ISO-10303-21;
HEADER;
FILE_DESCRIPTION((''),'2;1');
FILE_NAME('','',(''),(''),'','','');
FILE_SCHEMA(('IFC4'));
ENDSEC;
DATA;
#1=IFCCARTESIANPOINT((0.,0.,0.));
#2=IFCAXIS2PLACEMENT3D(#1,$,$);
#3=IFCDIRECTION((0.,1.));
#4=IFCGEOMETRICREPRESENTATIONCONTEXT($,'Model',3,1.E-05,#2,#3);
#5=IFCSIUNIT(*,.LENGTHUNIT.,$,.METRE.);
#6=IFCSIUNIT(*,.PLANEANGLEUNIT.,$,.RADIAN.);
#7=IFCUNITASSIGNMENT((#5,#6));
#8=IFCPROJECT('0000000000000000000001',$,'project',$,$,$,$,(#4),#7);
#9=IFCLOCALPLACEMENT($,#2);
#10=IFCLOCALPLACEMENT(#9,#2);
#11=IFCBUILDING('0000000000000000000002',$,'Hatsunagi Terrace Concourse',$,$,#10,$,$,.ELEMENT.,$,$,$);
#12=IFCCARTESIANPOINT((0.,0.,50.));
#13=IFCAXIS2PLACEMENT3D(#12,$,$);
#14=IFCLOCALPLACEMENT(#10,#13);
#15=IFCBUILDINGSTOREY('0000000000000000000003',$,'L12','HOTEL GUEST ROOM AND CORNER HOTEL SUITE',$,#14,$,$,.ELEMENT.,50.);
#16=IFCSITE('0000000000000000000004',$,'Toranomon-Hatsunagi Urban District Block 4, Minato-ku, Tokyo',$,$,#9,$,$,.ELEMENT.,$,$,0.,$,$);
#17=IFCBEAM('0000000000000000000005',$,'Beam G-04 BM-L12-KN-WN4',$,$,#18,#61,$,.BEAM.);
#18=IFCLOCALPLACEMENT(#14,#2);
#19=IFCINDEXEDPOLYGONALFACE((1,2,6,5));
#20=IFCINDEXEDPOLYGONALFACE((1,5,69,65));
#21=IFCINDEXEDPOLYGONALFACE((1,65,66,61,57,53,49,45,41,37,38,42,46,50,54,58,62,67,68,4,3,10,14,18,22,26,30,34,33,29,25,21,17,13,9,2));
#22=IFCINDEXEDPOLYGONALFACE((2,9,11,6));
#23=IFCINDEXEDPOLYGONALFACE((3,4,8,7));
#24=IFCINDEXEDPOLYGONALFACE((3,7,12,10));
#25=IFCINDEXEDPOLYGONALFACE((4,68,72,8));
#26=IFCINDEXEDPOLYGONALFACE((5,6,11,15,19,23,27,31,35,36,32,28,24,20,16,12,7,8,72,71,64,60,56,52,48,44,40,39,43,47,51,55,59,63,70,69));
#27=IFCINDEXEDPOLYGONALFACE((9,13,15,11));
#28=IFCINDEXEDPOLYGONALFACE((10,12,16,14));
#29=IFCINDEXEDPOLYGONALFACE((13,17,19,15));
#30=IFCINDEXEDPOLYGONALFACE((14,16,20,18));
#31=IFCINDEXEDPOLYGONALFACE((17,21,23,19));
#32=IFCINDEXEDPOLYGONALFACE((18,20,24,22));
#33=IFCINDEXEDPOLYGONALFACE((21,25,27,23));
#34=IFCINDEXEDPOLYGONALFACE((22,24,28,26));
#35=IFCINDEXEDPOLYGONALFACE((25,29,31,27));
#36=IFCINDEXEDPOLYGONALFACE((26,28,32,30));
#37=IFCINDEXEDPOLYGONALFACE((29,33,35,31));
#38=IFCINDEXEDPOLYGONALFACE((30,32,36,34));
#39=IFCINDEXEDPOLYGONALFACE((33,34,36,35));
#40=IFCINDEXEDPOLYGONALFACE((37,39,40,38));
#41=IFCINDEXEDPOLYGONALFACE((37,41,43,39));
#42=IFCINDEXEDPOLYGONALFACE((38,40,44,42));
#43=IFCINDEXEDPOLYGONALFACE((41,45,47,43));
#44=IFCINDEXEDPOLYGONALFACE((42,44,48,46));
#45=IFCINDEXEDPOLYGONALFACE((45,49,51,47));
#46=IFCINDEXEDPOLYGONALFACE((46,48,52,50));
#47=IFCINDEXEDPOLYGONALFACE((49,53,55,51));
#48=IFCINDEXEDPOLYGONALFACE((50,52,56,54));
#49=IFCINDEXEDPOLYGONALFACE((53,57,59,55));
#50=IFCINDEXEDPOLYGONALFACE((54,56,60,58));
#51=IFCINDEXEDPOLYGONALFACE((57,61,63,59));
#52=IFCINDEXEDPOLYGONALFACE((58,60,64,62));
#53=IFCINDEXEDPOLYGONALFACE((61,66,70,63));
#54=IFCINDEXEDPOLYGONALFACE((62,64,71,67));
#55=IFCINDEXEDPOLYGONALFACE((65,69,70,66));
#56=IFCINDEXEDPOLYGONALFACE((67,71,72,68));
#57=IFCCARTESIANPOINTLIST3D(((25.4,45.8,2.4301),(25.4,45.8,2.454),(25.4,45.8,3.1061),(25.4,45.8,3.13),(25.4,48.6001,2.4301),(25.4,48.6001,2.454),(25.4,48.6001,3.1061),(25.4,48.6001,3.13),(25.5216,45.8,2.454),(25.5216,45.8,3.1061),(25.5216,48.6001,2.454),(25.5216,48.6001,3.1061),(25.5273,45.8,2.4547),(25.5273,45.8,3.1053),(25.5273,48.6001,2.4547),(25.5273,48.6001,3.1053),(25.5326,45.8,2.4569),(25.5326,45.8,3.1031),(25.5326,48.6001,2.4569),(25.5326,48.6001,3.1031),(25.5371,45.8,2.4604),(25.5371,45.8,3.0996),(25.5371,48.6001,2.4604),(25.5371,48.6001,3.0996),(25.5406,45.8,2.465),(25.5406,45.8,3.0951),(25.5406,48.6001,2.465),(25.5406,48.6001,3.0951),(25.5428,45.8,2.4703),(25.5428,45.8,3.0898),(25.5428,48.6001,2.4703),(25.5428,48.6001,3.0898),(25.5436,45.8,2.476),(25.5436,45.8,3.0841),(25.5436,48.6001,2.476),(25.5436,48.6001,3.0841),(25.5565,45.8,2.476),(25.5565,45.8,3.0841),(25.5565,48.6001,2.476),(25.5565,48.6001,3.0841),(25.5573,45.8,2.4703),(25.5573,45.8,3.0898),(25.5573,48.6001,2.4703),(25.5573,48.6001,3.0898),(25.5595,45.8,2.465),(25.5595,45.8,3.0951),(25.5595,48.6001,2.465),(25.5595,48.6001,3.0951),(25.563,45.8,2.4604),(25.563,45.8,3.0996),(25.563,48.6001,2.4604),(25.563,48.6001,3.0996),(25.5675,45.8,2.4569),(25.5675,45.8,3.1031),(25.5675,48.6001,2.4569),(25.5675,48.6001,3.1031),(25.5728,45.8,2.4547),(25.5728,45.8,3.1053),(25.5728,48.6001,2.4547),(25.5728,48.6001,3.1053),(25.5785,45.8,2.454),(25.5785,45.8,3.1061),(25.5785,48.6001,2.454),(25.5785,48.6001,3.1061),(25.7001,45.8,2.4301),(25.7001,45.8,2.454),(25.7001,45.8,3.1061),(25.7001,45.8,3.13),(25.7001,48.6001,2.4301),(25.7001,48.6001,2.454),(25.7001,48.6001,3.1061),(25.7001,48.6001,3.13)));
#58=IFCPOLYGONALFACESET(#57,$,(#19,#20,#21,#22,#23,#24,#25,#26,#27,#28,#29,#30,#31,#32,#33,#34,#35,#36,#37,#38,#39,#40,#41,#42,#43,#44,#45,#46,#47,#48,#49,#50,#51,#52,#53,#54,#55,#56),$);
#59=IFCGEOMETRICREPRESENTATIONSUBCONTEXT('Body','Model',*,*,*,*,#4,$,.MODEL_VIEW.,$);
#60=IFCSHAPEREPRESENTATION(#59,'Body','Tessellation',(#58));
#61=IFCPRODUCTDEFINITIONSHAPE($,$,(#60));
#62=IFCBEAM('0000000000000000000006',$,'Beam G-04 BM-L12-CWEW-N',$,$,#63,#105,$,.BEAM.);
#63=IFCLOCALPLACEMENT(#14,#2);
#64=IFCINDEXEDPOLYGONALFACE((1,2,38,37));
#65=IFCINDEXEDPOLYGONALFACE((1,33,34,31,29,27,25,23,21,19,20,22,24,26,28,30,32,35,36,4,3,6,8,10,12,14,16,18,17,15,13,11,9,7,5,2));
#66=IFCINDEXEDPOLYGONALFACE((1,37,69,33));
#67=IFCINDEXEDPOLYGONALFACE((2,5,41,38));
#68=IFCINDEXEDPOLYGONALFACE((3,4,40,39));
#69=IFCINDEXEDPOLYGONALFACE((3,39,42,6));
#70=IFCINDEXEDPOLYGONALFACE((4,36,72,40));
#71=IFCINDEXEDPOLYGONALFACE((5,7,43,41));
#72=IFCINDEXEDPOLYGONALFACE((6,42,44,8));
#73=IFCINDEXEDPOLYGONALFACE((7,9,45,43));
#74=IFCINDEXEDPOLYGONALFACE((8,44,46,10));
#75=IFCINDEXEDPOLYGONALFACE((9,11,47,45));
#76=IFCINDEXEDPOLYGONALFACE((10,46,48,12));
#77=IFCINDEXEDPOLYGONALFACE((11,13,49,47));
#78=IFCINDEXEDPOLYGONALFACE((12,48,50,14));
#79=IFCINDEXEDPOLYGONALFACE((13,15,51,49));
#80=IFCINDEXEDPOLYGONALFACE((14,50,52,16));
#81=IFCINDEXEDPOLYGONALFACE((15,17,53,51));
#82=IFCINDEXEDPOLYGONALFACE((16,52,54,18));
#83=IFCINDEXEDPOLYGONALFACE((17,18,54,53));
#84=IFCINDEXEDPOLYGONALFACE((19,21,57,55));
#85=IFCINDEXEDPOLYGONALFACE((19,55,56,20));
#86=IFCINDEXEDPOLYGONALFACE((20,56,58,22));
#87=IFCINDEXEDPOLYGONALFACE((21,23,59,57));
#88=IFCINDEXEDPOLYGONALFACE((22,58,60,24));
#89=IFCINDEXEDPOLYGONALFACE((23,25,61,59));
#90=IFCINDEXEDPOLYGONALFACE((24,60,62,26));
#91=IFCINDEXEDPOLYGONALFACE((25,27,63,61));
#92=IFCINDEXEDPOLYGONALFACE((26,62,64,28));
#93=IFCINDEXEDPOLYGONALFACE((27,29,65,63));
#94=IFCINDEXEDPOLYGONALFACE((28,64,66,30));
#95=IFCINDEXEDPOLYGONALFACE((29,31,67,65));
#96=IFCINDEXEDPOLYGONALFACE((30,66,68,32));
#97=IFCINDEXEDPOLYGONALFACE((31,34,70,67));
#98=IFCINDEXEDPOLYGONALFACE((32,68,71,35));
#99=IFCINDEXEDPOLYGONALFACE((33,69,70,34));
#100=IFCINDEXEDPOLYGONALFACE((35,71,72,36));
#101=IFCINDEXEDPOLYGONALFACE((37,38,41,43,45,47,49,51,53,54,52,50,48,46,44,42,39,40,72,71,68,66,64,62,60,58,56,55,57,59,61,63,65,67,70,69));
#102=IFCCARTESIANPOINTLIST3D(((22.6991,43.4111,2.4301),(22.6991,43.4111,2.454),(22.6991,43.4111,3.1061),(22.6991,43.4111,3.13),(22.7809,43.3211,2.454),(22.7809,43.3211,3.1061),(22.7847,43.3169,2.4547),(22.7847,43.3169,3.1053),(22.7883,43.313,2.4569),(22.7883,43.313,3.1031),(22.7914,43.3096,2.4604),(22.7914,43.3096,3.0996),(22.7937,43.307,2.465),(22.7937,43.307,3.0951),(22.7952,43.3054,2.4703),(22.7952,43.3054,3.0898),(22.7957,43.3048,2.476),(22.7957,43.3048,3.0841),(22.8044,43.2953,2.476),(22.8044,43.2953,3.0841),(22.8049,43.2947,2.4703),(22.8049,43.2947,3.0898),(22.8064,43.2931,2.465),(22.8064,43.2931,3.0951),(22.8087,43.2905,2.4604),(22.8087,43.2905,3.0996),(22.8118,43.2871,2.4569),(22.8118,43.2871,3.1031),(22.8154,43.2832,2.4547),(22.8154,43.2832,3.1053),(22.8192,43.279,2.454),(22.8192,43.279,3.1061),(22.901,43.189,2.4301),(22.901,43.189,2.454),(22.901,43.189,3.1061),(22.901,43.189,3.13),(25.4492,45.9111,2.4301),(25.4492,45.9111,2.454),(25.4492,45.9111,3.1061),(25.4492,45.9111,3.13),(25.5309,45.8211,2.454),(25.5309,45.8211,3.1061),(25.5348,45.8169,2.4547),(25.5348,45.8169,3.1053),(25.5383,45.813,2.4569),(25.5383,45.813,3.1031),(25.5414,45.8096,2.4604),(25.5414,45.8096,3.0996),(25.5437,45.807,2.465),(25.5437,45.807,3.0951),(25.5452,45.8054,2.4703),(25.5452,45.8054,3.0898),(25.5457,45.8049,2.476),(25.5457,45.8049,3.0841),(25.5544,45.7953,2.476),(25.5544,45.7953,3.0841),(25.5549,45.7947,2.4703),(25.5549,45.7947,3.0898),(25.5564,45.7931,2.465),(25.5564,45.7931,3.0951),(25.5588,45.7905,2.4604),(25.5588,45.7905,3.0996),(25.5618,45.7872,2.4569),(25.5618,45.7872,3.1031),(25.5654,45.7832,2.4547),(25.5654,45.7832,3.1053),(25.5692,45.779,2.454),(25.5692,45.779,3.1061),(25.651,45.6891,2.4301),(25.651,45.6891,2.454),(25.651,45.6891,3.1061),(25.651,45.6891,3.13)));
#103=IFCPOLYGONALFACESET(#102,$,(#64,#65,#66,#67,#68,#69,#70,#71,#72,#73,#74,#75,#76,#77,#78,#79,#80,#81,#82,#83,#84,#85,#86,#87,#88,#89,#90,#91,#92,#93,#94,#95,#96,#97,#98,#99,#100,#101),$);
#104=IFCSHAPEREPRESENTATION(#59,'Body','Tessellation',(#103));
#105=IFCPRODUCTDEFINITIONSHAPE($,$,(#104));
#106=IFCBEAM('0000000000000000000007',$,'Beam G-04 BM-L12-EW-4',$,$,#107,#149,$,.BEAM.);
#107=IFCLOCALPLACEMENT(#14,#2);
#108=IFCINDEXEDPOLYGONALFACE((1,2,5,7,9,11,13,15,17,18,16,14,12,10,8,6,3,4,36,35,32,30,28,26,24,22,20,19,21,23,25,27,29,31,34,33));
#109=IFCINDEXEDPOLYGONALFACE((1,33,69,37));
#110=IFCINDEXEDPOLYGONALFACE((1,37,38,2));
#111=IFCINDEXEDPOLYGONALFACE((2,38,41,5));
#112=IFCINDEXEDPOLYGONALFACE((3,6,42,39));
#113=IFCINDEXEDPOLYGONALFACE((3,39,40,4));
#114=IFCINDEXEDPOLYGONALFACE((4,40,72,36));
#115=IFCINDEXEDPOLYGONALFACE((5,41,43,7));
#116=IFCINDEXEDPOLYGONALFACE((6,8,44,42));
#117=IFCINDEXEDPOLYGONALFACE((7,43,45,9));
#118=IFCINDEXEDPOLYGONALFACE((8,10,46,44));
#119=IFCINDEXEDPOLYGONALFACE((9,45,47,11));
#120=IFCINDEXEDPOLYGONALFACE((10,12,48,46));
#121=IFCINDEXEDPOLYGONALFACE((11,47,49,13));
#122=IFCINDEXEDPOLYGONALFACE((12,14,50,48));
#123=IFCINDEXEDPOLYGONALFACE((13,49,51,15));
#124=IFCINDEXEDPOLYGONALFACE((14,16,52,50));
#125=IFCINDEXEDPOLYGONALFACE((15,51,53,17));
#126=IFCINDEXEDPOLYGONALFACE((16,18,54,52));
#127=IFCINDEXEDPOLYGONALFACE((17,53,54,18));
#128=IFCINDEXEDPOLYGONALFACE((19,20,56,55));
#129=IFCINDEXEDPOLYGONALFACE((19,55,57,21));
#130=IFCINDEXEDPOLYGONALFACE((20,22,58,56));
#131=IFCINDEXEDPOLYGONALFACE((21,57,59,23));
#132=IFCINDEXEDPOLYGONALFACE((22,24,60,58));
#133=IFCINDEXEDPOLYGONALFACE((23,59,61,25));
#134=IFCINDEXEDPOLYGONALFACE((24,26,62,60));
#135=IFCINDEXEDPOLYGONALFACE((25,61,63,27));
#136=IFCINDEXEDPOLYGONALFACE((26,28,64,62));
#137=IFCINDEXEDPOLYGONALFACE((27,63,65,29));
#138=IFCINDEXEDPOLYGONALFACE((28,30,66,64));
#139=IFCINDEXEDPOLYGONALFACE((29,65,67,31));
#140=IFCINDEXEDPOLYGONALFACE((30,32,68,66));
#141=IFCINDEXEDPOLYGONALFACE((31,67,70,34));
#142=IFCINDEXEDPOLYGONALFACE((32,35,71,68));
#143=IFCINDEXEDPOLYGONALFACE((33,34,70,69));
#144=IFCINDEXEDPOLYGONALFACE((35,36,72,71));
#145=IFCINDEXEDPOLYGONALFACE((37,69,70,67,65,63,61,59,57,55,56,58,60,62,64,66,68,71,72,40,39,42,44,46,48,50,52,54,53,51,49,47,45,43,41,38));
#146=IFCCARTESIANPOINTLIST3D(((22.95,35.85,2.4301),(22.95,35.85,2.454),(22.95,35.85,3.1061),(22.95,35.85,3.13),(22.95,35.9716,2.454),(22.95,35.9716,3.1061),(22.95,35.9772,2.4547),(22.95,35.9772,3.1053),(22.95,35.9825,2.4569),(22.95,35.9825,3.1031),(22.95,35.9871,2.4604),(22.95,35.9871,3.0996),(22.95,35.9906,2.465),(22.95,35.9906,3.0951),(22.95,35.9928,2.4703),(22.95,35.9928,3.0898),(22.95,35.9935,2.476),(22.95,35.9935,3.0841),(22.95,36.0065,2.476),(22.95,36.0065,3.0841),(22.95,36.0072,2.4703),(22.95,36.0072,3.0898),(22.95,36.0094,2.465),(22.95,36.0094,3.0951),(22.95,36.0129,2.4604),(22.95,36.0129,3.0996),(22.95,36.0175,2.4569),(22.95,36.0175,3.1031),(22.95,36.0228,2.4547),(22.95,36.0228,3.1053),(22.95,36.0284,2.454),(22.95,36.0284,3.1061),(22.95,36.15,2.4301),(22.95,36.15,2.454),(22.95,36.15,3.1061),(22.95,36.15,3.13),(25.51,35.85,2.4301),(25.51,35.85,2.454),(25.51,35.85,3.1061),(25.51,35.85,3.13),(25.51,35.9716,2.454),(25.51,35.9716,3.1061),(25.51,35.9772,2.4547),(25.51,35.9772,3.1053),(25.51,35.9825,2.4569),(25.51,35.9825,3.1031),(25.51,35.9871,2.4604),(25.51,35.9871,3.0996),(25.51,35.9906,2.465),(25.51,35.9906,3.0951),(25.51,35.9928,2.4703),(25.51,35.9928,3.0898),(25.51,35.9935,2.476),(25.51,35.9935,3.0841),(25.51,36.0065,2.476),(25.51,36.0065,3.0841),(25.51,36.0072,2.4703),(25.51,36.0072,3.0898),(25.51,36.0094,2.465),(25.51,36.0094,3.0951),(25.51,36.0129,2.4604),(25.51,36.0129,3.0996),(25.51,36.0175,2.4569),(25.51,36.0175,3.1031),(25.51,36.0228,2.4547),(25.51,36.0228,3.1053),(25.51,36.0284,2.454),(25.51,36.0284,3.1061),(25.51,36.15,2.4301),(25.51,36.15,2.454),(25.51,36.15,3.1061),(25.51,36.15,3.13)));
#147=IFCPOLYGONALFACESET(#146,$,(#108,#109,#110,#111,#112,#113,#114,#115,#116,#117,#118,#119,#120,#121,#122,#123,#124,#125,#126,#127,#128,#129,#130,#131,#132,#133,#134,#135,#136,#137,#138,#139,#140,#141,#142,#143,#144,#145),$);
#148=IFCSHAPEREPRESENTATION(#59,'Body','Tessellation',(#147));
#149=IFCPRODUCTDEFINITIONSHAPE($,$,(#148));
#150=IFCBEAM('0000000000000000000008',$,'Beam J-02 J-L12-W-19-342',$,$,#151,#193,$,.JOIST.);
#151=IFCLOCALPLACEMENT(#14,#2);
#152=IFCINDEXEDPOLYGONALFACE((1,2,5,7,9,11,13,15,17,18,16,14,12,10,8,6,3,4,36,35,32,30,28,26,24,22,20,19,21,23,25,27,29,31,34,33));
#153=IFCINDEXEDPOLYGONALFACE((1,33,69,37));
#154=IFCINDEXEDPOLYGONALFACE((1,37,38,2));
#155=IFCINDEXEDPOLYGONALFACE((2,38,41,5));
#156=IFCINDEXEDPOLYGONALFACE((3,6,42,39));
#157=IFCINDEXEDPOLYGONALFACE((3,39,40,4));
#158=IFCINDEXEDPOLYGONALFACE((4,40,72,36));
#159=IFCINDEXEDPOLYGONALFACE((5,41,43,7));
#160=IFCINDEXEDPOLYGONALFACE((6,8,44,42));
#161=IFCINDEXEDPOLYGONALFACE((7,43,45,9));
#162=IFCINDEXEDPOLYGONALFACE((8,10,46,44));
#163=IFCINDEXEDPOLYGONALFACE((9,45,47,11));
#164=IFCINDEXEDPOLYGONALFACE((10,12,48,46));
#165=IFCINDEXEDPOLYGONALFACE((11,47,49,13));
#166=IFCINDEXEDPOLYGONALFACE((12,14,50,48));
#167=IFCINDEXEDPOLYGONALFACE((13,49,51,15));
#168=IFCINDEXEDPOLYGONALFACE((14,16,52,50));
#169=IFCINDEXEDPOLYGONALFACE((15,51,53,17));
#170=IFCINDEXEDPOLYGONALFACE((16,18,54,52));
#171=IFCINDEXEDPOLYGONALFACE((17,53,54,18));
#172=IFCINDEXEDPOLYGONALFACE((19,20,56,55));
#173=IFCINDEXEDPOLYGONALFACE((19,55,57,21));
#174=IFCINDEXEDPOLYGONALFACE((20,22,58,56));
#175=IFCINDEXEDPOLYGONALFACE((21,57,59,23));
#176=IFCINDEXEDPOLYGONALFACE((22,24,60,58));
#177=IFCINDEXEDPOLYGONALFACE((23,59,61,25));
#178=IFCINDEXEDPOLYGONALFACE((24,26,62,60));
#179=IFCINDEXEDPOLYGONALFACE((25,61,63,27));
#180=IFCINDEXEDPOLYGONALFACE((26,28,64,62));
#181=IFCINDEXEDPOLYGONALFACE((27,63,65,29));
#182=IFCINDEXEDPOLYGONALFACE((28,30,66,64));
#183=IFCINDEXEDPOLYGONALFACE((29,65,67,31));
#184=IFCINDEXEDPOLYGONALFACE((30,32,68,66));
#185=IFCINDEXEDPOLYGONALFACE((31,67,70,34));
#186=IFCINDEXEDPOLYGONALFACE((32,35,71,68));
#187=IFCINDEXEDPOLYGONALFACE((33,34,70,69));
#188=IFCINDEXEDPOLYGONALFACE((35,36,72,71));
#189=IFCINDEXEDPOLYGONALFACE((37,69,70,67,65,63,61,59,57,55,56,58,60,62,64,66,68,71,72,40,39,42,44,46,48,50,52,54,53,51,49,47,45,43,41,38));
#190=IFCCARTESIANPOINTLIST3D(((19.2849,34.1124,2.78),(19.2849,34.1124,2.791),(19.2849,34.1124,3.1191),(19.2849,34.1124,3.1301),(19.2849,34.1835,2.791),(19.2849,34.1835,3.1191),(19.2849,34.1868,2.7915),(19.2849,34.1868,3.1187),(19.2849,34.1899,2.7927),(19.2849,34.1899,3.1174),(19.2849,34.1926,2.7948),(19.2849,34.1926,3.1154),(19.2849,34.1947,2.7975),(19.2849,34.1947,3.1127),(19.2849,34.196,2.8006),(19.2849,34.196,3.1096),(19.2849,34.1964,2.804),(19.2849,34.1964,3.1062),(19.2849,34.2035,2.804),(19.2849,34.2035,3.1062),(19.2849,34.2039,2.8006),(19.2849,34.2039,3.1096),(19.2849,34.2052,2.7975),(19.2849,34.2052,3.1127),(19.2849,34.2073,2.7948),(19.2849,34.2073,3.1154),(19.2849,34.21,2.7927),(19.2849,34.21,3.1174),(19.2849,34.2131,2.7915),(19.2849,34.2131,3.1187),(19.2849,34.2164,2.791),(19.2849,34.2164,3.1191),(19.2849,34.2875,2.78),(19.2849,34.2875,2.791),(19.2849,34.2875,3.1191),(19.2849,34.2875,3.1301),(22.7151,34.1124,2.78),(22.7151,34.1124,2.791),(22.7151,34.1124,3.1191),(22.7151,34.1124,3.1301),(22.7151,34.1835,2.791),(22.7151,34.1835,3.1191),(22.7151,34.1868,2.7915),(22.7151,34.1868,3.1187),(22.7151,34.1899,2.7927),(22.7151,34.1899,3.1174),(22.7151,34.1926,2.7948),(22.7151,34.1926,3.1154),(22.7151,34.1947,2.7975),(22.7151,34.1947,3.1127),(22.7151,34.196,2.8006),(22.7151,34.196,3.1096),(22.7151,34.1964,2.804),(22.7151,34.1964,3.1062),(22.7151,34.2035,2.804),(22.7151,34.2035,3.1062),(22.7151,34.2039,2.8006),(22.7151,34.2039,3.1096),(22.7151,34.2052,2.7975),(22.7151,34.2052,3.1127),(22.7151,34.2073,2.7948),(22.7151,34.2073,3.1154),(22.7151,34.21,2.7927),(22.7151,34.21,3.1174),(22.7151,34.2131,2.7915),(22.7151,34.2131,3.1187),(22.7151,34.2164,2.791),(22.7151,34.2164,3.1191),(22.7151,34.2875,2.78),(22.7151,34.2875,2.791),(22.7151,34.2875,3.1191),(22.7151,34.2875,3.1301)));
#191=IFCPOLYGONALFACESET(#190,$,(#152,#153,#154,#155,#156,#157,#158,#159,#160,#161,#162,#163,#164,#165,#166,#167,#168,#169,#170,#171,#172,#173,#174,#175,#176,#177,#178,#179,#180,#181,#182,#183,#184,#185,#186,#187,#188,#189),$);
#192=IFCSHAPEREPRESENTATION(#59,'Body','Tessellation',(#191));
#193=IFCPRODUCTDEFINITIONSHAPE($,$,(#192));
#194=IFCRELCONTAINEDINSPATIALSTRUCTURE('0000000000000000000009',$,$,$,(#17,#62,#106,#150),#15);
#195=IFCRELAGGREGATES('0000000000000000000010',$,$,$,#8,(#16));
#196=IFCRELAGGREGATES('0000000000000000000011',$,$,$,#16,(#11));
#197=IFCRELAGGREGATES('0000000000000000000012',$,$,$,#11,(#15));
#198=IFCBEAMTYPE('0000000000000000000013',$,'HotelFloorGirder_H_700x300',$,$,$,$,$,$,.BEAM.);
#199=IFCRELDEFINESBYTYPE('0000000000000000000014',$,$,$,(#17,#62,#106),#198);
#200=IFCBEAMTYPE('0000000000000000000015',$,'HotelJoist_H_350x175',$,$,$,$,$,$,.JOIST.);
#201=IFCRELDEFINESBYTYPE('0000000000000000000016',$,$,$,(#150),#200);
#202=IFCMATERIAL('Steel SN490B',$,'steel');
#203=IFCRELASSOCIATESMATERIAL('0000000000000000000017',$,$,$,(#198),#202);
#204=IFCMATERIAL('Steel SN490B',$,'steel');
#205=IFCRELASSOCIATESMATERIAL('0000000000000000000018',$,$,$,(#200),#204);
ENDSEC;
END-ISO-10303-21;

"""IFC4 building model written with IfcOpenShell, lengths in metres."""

from ifc_helpers import new_model, si_unit, direction, frame, origin, origin_2d, place, context, subcontext, project, spatial, i_section, extrude, material, material_profile, profile_set, type_object, element, save


model = new_model("IFC4")

# Units and contexts
model_context = context("Model", 3, precision=1e-05, world=origin(), true_north=direction((0.0, 1.0)))
body_context = subcontext(model_context, "Body", "Model", "MODEL_VIEW")
ifc_project = project(units=[si_unit("LENGTHUNIT", "METRE"), si_unit("PLANEANGLEUNIT", "RADIAN")], contexts=[model_context])

# Site, building, storey
site_placement = place(None, origin())
site = spatial("IfcSite", under=ifc_project, at=site_placement, Name="Toranomon-Hatsunagi Urban District Block 4, Minato-ku, Tokyo", CompositionType="ELEMENT", RefElevation=0.0)
building_placement = place(site_placement, origin())
building = spatial("IfcBuilding", under=site, at=building_placement, Name="Hatsunagi Terrace Concourse", CompositionType="ELEMENT")
storey_placement = place(building_placement, frame((0.0, 0.0, 50.0)))
storey = spatial("IfcBuildingStorey", under=building, at=storey_placement, Name="L12", Description="HOTEL GUEST ROOM AND CORNER HOTEL SUITE", CompositionType="ELEMENT", Elevation=50.0)

# Beams
ifc_material_1 = material(Name="Steel SN490B", Category="steel")
ifc_material_profile_1 = material_profile(ifc_material_1, i_section(OverallWidth=0.3, OverallDepth=0.7, WebThickness=0.0129, FlangeThickness=0.0239, FilletRadius=0.022, at=origin_2d()), Name="H-700x300x13x24")
ifc_profile_set_1 = profile_set([ifc_material_profile_1], Name="Steel SN490B")
beam_type_1 = type_object("IfcBeamType", Name="HotelFloorGirder_H_700x300", PredefinedType="BEAM", material=ifc_profile_set_1)
beam_1_placement = place(storey_placement, frame((25.55, 45.8, 2.78), z_axis=(0.0, 1.0, 0.0), x_axis=(-1.0, 0.0, 0.0)))
element("IfcBeam", 1, at=beam_1_placement, inside=storey, type_object=beam_type_1, Name="Beam G-04 BM-L12-KN-WN4", PredefinedType="BEAM", context=body_context, shape_type="SweptSolid", body=[
    extrude(i_section(OverallWidth=0.3, OverallDepth=0.7, WebThickness=0.0129, FlangeThickness=0.0239, FilletRadius=0.022, at=origin_2d()), origin(), (0.0, 0.0, 1.0), 2.8),
])
beam_2_placement = place(storey_placement, frame((22.8, 43.3, 2.78), z_axis=(0.73994, 0.672673, 0.0), x_axis=(-0.672673, 0.73994, 0.0)))
element("IfcBeam", 2, at=beam_2_placement, inside=storey, type_object=beam_type_1, Name="Beam G-04 BM-L12-CWEW-N", PredefinedType="BEAM", context=body_context, shape_type="SweptSolid", body=[
    extrude(i_section(OverallWidth=0.3, OverallDepth=0.7, WebThickness=0.0129, FlangeThickness=0.0239, FilletRadius=0.022, at=origin_2d()), origin(), (0.0, 0.0, 1.0), 3.7166),
])
beam_3_placement = place(storey_placement, frame((22.95, 36.0, 2.78), z_axis=(1.0, 0.0, 0.0), x_axis=(0.0, 1.0, 0.0)))
element("IfcBeam", 3, at=beam_3_placement, inside=storey, type_object=beam_type_1, Name="Beam G-04 BM-L12-EW-4", PredefinedType="BEAM", context=body_context, shape_type="SweptSolid", body=[
    extrude(i_section(OverallWidth=0.3, OverallDepth=0.7, WebThickness=0.0129, FlangeThickness=0.0239, FilletRadius=0.022, at=origin_2d()), origin(), (0.0, 0.0, 1.0), 2.5601),
])
ifc_material_2 = material(Name="Steel SN490B", Category="steel")
ifc_material_profile_2 = material_profile(ifc_material_2, i_section(OverallWidth=0.175, OverallDepth=0.3501, WebThickness=0.0071, FlangeThickness=0.011, FilletRadius=0.0129, at=origin_2d()), Name="H-350x175x7x11")
ifc_profile_set_2 = profile_set([ifc_material_profile_2], Name="Steel SN490B")
beam_type_2 = type_object("IfcBeamType", Name="HotelJoist_H_350x175", PredefinedType="JOIST", material=ifc_profile_set_2)
for number, where, z_axis, x_axis, name in (
    (4, (19.2849, 34.2, 2.9551), (1.0, 0.0, 0.0), (0.0, 1.0, 0.0), "Beam J-02 J-L12-W-19-342"),
):
    element("IfcBeam", number, at=place(storey_placement, frame(where, z_axis=z_axis, x_axis=x_axis)), inside=storey, type_object=beam_type_2, Name=name, PredefinedType="JOIST", context=body_context, shape_type="SweptSolid", body=[
        extrude(i_section(OverallWidth=0.175, OverallDepth=0.3501, WebThickness=0.0071, FlangeThickness=0.011, FilletRadius=0.0129, at=origin_2d()), origin(), (0.0, 0.0, 1.0), 3.4302),
    ])

save(model, "model.ifc")
